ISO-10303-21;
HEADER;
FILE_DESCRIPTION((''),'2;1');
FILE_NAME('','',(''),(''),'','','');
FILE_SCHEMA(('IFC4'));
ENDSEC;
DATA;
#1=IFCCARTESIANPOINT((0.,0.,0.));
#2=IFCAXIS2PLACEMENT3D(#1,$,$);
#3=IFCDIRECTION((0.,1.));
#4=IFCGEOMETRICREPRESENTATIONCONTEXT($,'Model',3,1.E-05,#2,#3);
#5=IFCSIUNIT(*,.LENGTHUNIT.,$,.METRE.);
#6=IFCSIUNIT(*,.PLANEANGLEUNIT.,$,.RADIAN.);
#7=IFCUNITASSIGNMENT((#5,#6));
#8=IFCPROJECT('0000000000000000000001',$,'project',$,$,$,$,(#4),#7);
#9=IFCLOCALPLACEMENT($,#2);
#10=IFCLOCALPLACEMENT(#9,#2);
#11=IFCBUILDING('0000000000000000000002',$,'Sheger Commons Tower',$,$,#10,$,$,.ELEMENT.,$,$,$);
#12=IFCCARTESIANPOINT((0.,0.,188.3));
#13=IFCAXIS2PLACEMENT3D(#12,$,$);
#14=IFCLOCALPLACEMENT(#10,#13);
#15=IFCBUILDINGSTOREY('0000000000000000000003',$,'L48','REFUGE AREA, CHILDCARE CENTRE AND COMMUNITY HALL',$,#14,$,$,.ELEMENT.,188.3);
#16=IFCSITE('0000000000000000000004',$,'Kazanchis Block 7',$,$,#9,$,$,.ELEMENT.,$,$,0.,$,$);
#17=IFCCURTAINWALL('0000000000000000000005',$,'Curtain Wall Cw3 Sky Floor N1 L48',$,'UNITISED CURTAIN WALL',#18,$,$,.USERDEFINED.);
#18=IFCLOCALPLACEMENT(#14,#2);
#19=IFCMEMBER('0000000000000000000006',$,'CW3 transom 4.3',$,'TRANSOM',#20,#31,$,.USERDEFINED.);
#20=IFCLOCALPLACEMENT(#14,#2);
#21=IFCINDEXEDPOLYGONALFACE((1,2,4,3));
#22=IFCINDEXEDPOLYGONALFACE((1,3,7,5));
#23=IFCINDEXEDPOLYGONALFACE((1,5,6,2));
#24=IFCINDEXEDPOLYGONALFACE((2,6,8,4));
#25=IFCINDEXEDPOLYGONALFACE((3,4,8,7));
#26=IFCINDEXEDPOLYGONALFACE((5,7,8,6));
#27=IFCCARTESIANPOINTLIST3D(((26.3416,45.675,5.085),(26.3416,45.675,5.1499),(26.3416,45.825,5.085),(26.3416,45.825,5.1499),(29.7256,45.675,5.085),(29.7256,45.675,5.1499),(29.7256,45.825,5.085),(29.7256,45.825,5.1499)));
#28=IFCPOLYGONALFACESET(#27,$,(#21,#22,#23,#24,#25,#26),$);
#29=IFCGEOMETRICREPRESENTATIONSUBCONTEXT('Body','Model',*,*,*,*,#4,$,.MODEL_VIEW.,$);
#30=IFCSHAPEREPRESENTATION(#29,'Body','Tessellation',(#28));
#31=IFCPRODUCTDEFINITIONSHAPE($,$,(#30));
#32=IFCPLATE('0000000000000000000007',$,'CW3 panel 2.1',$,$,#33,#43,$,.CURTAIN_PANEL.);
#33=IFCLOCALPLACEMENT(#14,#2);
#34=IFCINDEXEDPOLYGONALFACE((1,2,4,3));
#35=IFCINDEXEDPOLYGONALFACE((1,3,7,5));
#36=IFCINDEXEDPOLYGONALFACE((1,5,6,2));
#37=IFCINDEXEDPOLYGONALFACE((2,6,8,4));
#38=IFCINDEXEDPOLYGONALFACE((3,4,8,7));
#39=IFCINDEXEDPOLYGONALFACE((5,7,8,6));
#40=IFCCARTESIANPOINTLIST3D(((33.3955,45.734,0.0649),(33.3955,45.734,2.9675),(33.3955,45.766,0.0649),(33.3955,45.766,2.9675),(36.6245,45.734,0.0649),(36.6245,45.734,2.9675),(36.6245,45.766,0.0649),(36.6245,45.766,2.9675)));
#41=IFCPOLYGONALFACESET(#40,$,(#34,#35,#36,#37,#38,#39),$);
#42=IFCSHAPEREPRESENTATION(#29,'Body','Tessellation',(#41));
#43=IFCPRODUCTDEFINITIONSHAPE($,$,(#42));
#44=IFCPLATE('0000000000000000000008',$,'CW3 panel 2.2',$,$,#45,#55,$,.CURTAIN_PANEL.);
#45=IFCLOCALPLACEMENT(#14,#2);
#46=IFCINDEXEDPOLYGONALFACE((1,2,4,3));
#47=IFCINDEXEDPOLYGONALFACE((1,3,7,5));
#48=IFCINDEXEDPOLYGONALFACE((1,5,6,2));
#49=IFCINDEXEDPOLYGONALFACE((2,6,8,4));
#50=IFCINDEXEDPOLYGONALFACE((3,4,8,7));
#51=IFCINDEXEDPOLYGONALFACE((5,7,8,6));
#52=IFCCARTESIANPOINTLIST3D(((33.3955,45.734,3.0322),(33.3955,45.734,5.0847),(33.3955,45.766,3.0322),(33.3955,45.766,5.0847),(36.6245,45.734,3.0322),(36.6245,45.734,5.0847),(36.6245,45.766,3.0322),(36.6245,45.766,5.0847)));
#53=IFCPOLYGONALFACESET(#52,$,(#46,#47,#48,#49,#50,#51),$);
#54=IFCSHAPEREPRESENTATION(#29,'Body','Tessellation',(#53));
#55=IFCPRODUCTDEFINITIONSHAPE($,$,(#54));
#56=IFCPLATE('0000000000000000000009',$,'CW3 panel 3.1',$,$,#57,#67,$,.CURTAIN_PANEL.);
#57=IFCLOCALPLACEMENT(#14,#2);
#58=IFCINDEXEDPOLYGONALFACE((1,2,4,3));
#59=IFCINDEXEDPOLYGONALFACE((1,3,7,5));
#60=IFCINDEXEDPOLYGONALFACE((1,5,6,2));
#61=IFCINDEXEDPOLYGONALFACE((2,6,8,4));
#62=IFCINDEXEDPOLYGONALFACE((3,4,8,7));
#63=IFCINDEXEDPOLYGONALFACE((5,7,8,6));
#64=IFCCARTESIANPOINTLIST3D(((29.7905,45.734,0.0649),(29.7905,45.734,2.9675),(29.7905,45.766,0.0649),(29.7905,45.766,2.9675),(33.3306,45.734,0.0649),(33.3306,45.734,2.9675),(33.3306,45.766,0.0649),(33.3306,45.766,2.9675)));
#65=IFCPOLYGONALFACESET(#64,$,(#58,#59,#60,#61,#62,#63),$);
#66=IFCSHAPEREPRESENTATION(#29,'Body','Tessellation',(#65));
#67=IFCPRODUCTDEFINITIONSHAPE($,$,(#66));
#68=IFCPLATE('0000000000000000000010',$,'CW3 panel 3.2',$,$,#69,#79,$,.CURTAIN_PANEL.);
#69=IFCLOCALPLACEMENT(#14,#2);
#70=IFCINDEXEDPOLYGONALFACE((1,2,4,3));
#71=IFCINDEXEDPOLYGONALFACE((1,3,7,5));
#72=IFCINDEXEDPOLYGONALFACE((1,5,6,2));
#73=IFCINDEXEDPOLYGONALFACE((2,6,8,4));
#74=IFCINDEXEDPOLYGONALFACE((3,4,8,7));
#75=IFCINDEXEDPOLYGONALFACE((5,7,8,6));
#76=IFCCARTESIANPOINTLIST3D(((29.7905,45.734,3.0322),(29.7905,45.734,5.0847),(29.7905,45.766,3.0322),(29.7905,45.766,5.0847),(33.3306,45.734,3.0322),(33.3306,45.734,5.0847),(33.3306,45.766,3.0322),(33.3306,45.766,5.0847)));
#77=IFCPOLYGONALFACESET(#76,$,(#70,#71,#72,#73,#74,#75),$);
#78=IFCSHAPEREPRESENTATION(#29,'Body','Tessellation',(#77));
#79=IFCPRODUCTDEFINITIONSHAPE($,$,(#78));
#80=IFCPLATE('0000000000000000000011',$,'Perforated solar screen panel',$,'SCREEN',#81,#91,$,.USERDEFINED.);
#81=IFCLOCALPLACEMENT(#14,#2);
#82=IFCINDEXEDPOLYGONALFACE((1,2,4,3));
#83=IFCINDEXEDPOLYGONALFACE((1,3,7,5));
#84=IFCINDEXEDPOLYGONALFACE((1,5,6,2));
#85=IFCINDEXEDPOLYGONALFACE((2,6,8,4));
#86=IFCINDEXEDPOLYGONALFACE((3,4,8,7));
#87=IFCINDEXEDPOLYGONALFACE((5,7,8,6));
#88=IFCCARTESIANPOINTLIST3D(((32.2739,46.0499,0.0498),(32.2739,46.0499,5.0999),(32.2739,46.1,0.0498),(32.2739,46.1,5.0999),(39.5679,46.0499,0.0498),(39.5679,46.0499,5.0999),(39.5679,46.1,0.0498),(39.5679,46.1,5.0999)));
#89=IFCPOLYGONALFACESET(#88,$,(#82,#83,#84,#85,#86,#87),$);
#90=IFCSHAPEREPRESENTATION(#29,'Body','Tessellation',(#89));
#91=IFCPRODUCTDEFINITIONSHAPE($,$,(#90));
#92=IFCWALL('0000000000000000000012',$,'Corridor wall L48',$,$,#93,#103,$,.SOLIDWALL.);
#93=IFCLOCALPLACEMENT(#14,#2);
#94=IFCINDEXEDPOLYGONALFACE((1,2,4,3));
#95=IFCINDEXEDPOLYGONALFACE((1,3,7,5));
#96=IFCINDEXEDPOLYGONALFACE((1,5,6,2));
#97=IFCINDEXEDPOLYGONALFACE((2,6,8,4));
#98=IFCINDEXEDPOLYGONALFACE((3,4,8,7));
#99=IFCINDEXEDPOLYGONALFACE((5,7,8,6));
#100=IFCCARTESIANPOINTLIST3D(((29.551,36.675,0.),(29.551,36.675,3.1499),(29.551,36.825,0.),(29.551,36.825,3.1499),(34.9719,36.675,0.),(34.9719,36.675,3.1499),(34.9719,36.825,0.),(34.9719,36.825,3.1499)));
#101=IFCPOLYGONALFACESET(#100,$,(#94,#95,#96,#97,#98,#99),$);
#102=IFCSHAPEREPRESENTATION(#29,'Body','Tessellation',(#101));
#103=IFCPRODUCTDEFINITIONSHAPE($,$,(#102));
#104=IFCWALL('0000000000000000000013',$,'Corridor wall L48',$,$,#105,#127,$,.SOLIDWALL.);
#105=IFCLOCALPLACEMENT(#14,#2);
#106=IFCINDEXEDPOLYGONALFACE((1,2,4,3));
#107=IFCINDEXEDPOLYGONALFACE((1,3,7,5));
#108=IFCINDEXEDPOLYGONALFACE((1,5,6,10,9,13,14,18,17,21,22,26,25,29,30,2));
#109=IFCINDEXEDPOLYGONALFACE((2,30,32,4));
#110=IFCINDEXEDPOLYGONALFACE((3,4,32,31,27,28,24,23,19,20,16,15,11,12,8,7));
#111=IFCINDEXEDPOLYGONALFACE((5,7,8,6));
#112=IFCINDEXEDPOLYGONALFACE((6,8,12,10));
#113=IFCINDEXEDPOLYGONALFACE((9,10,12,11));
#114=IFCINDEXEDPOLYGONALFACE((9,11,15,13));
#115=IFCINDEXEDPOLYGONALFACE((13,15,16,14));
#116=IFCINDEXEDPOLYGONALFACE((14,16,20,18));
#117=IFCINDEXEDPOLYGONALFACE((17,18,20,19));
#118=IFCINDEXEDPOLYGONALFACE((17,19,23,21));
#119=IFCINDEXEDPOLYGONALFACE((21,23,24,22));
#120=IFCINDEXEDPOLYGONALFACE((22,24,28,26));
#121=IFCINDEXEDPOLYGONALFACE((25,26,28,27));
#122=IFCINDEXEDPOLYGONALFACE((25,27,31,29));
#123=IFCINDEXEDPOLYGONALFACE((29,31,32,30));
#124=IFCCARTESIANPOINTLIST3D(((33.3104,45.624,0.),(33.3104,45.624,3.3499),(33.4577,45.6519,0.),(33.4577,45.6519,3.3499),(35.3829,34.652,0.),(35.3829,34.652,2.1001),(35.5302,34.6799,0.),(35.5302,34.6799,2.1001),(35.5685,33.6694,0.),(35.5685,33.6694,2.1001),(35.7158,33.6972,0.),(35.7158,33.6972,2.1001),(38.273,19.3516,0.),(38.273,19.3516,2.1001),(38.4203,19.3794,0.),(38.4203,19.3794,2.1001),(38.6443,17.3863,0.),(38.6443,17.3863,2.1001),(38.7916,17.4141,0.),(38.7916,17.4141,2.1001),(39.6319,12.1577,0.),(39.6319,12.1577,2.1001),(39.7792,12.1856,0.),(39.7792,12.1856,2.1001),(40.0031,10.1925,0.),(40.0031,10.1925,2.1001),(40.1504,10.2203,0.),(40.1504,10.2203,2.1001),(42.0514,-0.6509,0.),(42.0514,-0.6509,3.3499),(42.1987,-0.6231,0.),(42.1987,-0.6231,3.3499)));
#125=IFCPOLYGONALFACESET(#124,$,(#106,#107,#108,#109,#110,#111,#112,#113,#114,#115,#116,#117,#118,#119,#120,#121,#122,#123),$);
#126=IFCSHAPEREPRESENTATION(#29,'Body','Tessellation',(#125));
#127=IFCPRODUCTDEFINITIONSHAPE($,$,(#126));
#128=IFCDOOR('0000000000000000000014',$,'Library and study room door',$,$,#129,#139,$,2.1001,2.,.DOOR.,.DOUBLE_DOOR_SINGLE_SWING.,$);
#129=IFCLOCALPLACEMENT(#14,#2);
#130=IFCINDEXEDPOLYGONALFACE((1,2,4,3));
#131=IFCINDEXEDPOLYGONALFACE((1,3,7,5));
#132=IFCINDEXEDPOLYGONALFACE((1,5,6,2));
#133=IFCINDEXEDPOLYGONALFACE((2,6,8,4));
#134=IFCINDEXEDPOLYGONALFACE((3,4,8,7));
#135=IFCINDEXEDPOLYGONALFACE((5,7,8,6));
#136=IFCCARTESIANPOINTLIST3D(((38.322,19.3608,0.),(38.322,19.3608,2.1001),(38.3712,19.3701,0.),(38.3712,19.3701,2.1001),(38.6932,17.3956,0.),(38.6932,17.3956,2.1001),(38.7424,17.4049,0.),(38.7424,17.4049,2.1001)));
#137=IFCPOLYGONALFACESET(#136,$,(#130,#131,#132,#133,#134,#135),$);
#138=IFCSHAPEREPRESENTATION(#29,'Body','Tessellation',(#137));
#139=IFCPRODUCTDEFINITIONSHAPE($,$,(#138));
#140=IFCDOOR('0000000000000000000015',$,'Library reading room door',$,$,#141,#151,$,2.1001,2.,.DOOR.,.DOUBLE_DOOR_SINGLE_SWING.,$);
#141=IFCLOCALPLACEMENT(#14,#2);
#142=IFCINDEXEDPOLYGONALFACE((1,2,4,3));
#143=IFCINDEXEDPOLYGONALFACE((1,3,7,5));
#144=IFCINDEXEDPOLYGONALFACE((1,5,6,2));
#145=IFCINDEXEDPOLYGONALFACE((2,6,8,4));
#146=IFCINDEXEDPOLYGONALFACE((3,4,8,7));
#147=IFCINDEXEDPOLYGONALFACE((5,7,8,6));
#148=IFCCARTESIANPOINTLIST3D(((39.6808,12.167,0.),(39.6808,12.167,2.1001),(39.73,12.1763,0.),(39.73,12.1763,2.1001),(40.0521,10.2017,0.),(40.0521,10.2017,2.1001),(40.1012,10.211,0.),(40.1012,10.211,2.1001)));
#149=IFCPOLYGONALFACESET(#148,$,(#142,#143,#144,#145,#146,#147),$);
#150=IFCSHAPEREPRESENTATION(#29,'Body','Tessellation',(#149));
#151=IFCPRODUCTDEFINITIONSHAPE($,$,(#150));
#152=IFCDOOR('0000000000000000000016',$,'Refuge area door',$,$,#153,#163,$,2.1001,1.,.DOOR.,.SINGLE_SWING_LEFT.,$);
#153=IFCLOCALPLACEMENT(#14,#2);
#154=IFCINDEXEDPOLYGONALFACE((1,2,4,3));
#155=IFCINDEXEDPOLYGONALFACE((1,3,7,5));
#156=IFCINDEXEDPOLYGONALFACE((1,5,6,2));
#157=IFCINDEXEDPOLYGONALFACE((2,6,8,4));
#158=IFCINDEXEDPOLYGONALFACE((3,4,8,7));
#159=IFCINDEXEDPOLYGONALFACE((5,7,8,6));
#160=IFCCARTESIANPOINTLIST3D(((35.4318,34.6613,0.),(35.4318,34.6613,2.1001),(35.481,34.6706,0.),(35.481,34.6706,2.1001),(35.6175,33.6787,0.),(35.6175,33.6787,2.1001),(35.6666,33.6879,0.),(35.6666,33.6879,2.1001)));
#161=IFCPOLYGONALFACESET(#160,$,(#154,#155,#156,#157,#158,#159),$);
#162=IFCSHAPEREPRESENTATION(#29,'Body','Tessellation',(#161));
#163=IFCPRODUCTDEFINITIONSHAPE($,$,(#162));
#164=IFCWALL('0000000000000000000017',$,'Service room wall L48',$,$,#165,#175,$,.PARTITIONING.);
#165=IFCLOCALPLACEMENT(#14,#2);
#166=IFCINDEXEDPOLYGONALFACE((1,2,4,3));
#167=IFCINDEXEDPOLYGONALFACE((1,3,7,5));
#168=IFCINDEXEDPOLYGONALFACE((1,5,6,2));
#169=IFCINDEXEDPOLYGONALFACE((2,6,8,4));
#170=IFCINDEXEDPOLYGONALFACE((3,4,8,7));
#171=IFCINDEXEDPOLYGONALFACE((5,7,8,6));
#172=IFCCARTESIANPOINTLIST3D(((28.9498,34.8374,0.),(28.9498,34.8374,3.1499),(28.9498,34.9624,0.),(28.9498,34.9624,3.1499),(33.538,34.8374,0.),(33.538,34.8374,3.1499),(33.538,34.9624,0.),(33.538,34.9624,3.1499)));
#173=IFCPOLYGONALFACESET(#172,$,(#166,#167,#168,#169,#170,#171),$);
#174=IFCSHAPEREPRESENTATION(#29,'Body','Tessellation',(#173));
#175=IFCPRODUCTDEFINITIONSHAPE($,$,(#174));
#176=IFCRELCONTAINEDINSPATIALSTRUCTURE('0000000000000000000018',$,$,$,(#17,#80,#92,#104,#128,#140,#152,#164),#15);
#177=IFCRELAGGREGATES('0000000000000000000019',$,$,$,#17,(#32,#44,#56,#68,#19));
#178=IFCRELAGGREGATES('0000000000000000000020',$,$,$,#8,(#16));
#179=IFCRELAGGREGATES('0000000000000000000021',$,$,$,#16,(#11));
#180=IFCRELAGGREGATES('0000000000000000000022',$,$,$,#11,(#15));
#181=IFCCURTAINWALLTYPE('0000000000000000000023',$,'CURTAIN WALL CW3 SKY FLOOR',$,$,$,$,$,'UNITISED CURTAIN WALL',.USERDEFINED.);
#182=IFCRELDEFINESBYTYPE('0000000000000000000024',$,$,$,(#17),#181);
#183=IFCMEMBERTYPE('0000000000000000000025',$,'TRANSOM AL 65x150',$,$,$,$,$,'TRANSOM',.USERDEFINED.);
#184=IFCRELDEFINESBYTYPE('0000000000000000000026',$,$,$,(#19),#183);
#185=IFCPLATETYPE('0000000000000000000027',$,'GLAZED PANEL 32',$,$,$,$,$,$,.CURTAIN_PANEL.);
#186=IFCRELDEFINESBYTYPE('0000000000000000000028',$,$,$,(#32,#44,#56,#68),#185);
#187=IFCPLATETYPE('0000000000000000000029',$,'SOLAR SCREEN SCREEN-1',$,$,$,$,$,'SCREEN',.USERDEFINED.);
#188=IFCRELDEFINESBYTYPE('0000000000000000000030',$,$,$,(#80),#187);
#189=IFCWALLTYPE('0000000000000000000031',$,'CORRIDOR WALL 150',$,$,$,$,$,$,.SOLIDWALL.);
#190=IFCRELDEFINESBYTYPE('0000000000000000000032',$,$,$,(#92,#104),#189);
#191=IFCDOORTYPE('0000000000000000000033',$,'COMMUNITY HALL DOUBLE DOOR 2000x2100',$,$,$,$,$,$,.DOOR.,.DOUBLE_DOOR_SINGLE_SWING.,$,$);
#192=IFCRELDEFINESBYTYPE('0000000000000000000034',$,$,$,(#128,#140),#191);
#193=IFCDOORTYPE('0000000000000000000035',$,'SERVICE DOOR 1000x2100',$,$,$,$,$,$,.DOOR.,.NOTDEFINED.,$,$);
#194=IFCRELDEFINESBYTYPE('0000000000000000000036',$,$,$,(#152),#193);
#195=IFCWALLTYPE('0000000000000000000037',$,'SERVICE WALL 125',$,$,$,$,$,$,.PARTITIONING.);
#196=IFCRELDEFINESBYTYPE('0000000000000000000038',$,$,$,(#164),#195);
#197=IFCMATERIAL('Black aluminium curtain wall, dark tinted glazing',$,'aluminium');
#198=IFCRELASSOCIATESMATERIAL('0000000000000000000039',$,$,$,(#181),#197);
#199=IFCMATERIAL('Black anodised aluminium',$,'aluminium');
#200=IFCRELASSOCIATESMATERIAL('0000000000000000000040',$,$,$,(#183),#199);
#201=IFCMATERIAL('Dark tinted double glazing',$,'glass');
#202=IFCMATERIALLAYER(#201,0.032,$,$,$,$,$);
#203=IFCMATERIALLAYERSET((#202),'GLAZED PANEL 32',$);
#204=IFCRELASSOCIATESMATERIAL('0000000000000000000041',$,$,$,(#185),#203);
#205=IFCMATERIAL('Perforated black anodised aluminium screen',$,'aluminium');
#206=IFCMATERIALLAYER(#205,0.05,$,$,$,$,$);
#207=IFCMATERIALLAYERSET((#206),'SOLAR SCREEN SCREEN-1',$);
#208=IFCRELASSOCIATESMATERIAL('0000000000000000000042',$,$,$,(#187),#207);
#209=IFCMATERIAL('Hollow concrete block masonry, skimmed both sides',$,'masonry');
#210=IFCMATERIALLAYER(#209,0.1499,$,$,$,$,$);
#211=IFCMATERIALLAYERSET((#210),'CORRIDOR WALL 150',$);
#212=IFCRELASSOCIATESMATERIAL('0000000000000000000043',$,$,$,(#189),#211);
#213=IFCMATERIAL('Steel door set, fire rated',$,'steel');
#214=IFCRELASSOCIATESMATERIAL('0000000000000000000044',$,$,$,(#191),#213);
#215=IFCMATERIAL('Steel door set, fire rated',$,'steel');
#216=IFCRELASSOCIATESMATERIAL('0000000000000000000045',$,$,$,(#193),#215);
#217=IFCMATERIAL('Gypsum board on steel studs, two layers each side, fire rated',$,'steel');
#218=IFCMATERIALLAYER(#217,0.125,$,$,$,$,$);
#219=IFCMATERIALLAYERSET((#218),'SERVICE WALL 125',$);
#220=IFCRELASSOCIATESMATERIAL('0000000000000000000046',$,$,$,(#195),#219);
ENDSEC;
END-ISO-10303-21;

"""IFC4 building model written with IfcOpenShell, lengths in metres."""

from ifc_helpers import new_model, si_unit, direction, frame, frame_2d, origin, origin_2d, place, context, subcontext, project, spatial, rectangle, extrude, material, layer, layer_set, material_profile, profile_set, type_object, element, fill, aggregate, save


model = new_model("IFC4")

# Units and contexts
model_context = context("Model", 3, precision=1e-05, world=origin(), true_north=direction((0.0, 1.0)))
body_context = subcontext(model_context, "Body", "Model", "MODEL_VIEW")
ifc_project = project(units=[si_unit("LENGTHUNIT", "METRE"), si_unit("PLANEANGLEUNIT", "RADIAN")], contexts=[model_context])

# Site, building, storey
site_placement = place(None, origin())
site = spatial("IfcSite", under=ifc_project, at=site_placement, Name="Kazanchis Block 7", CompositionType="ELEMENT", RefElevation=0.0)
building_placement = place(site_placement, origin())
building = spatial("IfcBuilding", under=site, at=building_placement, Name="Sheger Commons Tower", CompositionType="ELEMENT")
storey_placement = place(building_placement, frame((0.0, 0.0, 188.3)))
storey = spatial("IfcBuildingStorey", under=building, at=storey_placement, Name="L48", Description="REFUGE AREA, CHILDCARE CENTRE AND COMMUNITY HALL", CompositionType="ELEMENT", Elevation=188.3)

# Curtain wall
ifc_material_1 = material(Name="Black aluminium curtain wall, dark tinted glazing", Category="aluminium")
curtain_wall_type = type_object("IfcCurtainWallType", Name="CURTAIN WALL CW3 SKY FLOOR", ElementType="UNITISED CURTAIN WALL", PredefinedType="USERDEFINED", material=ifc_material_1)
curtain_wall_placement = place(storey_placement, origin())
curtain_wall = element("IfcCurtainWall", 1, at=curtain_wall_placement, inside=storey, type_object=curtain_wall_type, Name="Curtain Wall Cw3 Sky Floor N1 L48", ObjectType="UNITISED CURTAIN WALL", PredefinedType="USERDEFINED")

# Member
ifc_material_2 = material(Name="Black anodised aluminium", Category="aluminium")
ifc_material_profile_1 = material_profile(ifc_material_2, rectangle(XDim=0.1499, YDim=0.0649, at=origin_2d()), Name="AL 65x150")
ifc_profile_set_1 = profile_set([ifc_material_profile_1], Name="Black anodised aluminium")
member_type_1 = type_object("IfcMemberType", Name="TRANSOM AL 65x150", ElementType="TRANSOM", PredefinedType="USERDEFINED", material=ifc_profile_set_1)
member_1_placement = place(storey_placement, frame((29.7256, 45.75, 5.1174), z_axis=(-1.0, 0.0, 0.0), x_axis=(0.0, -1.0, 0.0)))
member_1 = element("IfcMember", 2, at=member_1_placement, type_object=member_type_1, Name="CW3 transom 4.3", ObjectType="TRANSOM", PredefinedType="USERDEFINED", context=body_context, shape_type="SweptSolid", body=[
    extrude(rectangle(XDim=0.1499, YDim=0.0649, at=origin_2d()), origin(), (0.0, 0.0, 1.0), 3.384),
])

# Plates
ifc_material_3 = material(Name="Dark tinted double glazing", Category="glass")
ifc_layer_1 = layer(ifc_material_3, 0.032)
ifc_layer_set_1 = layer_set([ifc_layer_1], Name="GLAZED PANEL 32")
plate_type_1 = type_object("IfcPlateType", Name="GLAZED PANEL 32", PredefinedType="CURTAIN_PANEL", material=ifc_layer_set_1)
plate_1_placement = place(storey_placement, frame((35.01, 45.75, 0.0649), z_axis=(0.0, 0.0, 1.0), x_axis=(-1.0, 0.0, 0.0)))
plate_1 = element("IfcPlate", 3, at=plate_1_placement, type_object=plate_type_1, Name="CW3 panel 2.1", PredefinedType="CURTAIN_PANEL", context=body_context, shape_type="SweptSolid", body=[
    extrude(rectangle(XDim=3.229, YDim=0.032, at=origin_2d()), origin(), (0.0, 0.0, 1.0), 2.9026),
])
plate_2_placement = place(storey_placement, frame((35.01, 45.75, 3.0322), z_axis=(0.0, 0.0, 1.0), x_axis=(-1.0, 0.0, 0.0)))
plate_2 = element("IfcPlate", 4, at=plate_2_placement, type_object=plate_type_1, Name="CW3 panel 2.2", PredefinedType="CURTAIN_PANEL", context=body_context, shape_type="SweptSolid", body=[
    extrude(rectangle(XDim=3.229, YDim=0.032, at=origin_2d()), origin(), (0.0, 0.0, 1.0), 2.0525),
])
plate_3_placement = place(storey_placement, frame((31.5605, 45.75, 0.0649), z_axis=(0.0, 0.0, 1.0), x_axis=(-1.0, 0.0, 0.0)))
plate_3 = element("IfcPlate", 5, at=plate_3_placement, type_object=plate_type_1, Name="CW3 panel 3.1", PredefinedType="CURTAIN_PANEL", context=body_context, shape_type="SweptSolid", body=[
    extrude(rectangle(XDim=3.54, YDim=0.032, at=origin_2d()), origin(), (0.0, 0.0, 1.0), 2.9026),
])
plate_4_placement = place(storey_placement, frame((31.5605, 45.75, 3.0322), z_axis=(0.0, 0.0, 1.0), x_axis=(-1.0, 0.0, 0.0)))
plate_4 = element("IfcPlate", 6, at=plate_4_placement, type_object=plate_type_1, Name="CW3 panel 3.2", PredefinedType="CURTAIN_PANEL", context=body_context, shape_type="SweptSolid", body=[
    extrude(rectangle(XDim=3.54, YDim=0.032, at=origin_2d()), origin(), (0.0, 0.0, 1.0), 2.0525),
])
aggregate(curtain_wall, [plate_1, plate_2, plate_3, plate_4, member_1])
ifc_material_4 = material(Name="Perforated black anodised aluminium screen", Category="aluminium")
ifc_layer_2 = layer(ifc_material_4, 0.05)
ifc_layer_set_2 = layer_set([ifc_layer_2], Name="SOLAR SCREEN SCREEN-1")
plate_type_2 = type_object("IfcPlateType", Name="SOLAR SCREEN SCREEN-1", ElementType="SCREEN", PredefinedType="USERDEFINED", material=ifc_layer_set_2)
plate_5_placement = place(storey_placement, frame((35.9209, 46.075, 0.0498), z_axis=(0.0, 0.0, 1.0), x_axis=(-1.0, 0.0, 0.0)))
element("IfcPlate", 7, at=plate_5_placement, inside=storey, type_object=plate_type_2, Name="Perforated solar screen panel", ObjectType="SCREEN", PredefinedType="USERDEFINED", context=body_context, shape_type="SweptSolid", body=[
    extrude(rectangle(XDim=7.2939, YDim=0.05, at=origin_2d()), origin(), (0.0, 0.0, 1.0), 5.05),
])

# Wall
ifc_material_5 = material(Name="Hollow concrete block masonry, skimmed both sides", Category="masonry")
ifc_layer_3 = layer(ifc_material_5, 0.1499)
ifc_layer_set_3 = layer_set([ifc_layer_3], Name="CORRIDOR WALL 150")
wall_type_1 = type_object("IfcWallType", Name="CORRIDOR WALL 150", PredefinedType="SOLIDWALL", material=ifc_layer_set_3)
wall_1_placement = place(storey_placement, frame((29.551, 36.75, 0.0), z_axis=(0.0, 0.0, 1.0), x_axis=(1.0, 0.0, 0.0)))
element("IfcWall", 8, at=wall_1_placement, inside=storey, type_object=wall_type_1, Name="Corridor wall L48", PredefinedType="SOLIDWALL", context=body_context, shape_type="SweptSolid", body=[
    extrude(rectangle(XDim=5.4209, YDim=0.1499, at=frame_2d((2.7104, 0.0))), origin(), (0.0, 0.0, 1.0), 3.1499),
])

# Wall, openings, doors
wall_2_placement = place(storey_placement, frame((33.384, 45.6379, 0.0), z_axis=(0.0, 0.0, 1.0), x_axis=(0.18561, -0.982624, 0.0)))
wall_2 = element("IfcWall", 9, at=wall_2_placement, inside=storey, type_object=wall_type_1, Name="Corridor wall L48", PredefinedType="SOLIDWALL", context=body_context, shape_type="SweptSolid", body=[
    extrude(rectangle(XDim=47.0933, YDim=0.1499, at=frame_2d((23.5466, 0.0))), origin(), (0.0, 0.0, 1.0), 3.3499),
])
opening_1_placement = place(wall_2_placement, frame((11.166, 0.0, 0.0)))
opening_1 = element("IfcOpeningElement", 10, at=opening_1_placement, cuts=wall_2, PredefinedType="OPENING", context=body_context, shape_type="SweptSolid", body=[
    extrude(rectangle(XDim=1.0, YDim=2.1001, at=frame_2d((0.5, 1.05))), frame((0.0, 0.085, 0.0), z_axis=(0.0, -1.0, 0.0), x_axis=(1.0, 0.0, 0.0)), (0.0, 0.0, 1.0), 0.1699),
])
opening_2_placement = place(wall_2_placement, frame((26.7371, 0.0, 0.0)))
opening_2 = element("IfcOpeningElement", 11, at=opening_2_placement, cuts=wall_2, PredefinedType="OPENING", context=body_context, shape_type="SweptSolid", body=[
    extrude(rectangle(XDim=2.0, YDim=2.1001, at=frame_2d((1.0, 1.05))), frame((0.0, 0.085, 0.0), z_axis=(0.0, -1.0, 0.0), x_axis=(1.0, 0.0, 0.0)), (0.0, 0.0, 1.0), 0.1699),
])
opening_3_placement = place(wall_2_placement, frame((34.0581, 0.0, 0.0)))
opening_3 = element("IfcOpeningElement", 12, at=opening_3_placement, cuts=wall_2, PredefinedType="OPENING", context=body_context, shape_type="SweptSolid", body=[
    extrude(rectangle(XDim=2.0, YDim=2.1001, at=frame_2d((1.0, 1.05))), frame((0.0, 0.085, 0.0), z_axis=(0.0, -1.0, 0.0), x_axis=(1.0, 0.0, 0.0)), (0.0, 0.0, 1.0), 0.1699),
])
ifc_material_6 = material(Name="Steel door set, fire rated", Category="steel")
door_type_1 = type_object("IfcDoorType", Name="COMMUNITY HALL DOUBLE DOOR 2000x2100", OperationType="DOUBLE_DOOR_SINGLE_SWING", PredefinedType="DOOR", material=ifc_material_6)
door_1_placement = place(opening_2_placement, origin())
door_1 = element("IfcDoor", 13, at=door_1_placement, inside=storey, type_object=door_type_1, Name="Library and study room door", OperationType="DOUBLE_DOOR_SINGLE_SWING", OverallHeight=2.1001, OverallWidth=2.0, PredefinedType="DOOR", context=body_context, shape_type="SweptSolid", body=[
    extrude(rectangle(XDim=2.0, YDim=2.1001, at=frame_2d((1.0, 1.05))), frame((0.0, 0.0249, 0.0), z_axis=(0.0, -1.0, 0.0), x_axis=(1.0, 0.0, 0.0)), (0.0, 0.0, 1.0), 0.05),
])
fill(opening_2, door_1)
door_2_placement = place(opening_3_placement, origin())
door_2 = element("IfcDoor", 14, at=door_2_placement, inside=storey, type_object=door_type_1, Name="Library reading room door", OperationType="DOUBLE_DOOR_SINGLE_SWING", OverallHeight=2.1001, OverallWidth=2.0, PredefinedType="DOOR", context=body_context, shape_type="SweptSolid", body=[
    extrude(rectangle(XDim=2.0, YDim=2.1001, at=frame_2d((1.0, 1.05))), frame((0.0, 0.0249, 0.0), z_axis=(0.0, -1.0, 0.0), x_axis=(1.0, 0.0, 0.0)), (0.0, 0.0, 1.0), 0.05),
])
fill(opening_3, door_2)
ifc_material_7 = material(Name="Steel door set, fire rated", Category="steel")
door_type_2 = type_object("IfcDoorType", Name="SERVICE DOOR 1000x2100", OperationType="NOTDEFINED", PredefinedType="DOOR", material=ifc_material_7)
door_3_placement = place(opening_1_placement, origin())
door_3 = element("IfcDoor", 15, at=door_3_placement, inside=storey, type_object=door_type_2, Name="Refuge area door", OperationType="SINGLE_SWING_LEFT", OverallHeight=2.1001, OverallWidth=1.0, PredefinedType="DOOR", context=body_context, shape_type="SweptSolid", body=[
    extrude(rectangle(XDim=1.0, YDim=2.1001, at=frame_2d((0.5, 1.05))), frame((0.0, 0.0249, 0.0), z_axis=(0.0, -1.0, 0.0), x_axis=(1.0, 0.0, 0.0)), (0.0, 0.0, 1.0), 0.05),
])
fill(opening_1, door_3)

# Wall
ifc_material_8 = material(Name="Gypsum board on steel studs, two layers each side, fire rated", Category="steel")
ifc_layer_4 = layer(ifc_material_8, 0.125)
ifc_layer_set_4 = layer_set([ifc_layer_4], Name="SERVICE WALL 125")
wall_type_2 = type_object("IfcWallType", Name="SERVICE WALL 125", PredefinedType="PARTITIONING", material=ifc_layer_set_4)
wall_3_placement = place(storey_placement, frame((28.95, 34.8999, 0.0), z_axis=(0.0, 0.0, 1.0), x_axis=(1.0, 0.0, 0.0)))
element("IfcWall", 16, at=wall_3_placement, inside=storey, type_object=wall_type_2, Name="Service room wall L48", PredefinedType="PARTITIONING", context=body_context, shape_type="SweptSolid", body=[
    extrude(rectangle(XDim=4.5881, YDim=0.125, at=frame_2d((2.2939, 0.0))), origin(), (0.0, 0.0, 1.0), 3.1499),
])

save(model, "model.ifc")
